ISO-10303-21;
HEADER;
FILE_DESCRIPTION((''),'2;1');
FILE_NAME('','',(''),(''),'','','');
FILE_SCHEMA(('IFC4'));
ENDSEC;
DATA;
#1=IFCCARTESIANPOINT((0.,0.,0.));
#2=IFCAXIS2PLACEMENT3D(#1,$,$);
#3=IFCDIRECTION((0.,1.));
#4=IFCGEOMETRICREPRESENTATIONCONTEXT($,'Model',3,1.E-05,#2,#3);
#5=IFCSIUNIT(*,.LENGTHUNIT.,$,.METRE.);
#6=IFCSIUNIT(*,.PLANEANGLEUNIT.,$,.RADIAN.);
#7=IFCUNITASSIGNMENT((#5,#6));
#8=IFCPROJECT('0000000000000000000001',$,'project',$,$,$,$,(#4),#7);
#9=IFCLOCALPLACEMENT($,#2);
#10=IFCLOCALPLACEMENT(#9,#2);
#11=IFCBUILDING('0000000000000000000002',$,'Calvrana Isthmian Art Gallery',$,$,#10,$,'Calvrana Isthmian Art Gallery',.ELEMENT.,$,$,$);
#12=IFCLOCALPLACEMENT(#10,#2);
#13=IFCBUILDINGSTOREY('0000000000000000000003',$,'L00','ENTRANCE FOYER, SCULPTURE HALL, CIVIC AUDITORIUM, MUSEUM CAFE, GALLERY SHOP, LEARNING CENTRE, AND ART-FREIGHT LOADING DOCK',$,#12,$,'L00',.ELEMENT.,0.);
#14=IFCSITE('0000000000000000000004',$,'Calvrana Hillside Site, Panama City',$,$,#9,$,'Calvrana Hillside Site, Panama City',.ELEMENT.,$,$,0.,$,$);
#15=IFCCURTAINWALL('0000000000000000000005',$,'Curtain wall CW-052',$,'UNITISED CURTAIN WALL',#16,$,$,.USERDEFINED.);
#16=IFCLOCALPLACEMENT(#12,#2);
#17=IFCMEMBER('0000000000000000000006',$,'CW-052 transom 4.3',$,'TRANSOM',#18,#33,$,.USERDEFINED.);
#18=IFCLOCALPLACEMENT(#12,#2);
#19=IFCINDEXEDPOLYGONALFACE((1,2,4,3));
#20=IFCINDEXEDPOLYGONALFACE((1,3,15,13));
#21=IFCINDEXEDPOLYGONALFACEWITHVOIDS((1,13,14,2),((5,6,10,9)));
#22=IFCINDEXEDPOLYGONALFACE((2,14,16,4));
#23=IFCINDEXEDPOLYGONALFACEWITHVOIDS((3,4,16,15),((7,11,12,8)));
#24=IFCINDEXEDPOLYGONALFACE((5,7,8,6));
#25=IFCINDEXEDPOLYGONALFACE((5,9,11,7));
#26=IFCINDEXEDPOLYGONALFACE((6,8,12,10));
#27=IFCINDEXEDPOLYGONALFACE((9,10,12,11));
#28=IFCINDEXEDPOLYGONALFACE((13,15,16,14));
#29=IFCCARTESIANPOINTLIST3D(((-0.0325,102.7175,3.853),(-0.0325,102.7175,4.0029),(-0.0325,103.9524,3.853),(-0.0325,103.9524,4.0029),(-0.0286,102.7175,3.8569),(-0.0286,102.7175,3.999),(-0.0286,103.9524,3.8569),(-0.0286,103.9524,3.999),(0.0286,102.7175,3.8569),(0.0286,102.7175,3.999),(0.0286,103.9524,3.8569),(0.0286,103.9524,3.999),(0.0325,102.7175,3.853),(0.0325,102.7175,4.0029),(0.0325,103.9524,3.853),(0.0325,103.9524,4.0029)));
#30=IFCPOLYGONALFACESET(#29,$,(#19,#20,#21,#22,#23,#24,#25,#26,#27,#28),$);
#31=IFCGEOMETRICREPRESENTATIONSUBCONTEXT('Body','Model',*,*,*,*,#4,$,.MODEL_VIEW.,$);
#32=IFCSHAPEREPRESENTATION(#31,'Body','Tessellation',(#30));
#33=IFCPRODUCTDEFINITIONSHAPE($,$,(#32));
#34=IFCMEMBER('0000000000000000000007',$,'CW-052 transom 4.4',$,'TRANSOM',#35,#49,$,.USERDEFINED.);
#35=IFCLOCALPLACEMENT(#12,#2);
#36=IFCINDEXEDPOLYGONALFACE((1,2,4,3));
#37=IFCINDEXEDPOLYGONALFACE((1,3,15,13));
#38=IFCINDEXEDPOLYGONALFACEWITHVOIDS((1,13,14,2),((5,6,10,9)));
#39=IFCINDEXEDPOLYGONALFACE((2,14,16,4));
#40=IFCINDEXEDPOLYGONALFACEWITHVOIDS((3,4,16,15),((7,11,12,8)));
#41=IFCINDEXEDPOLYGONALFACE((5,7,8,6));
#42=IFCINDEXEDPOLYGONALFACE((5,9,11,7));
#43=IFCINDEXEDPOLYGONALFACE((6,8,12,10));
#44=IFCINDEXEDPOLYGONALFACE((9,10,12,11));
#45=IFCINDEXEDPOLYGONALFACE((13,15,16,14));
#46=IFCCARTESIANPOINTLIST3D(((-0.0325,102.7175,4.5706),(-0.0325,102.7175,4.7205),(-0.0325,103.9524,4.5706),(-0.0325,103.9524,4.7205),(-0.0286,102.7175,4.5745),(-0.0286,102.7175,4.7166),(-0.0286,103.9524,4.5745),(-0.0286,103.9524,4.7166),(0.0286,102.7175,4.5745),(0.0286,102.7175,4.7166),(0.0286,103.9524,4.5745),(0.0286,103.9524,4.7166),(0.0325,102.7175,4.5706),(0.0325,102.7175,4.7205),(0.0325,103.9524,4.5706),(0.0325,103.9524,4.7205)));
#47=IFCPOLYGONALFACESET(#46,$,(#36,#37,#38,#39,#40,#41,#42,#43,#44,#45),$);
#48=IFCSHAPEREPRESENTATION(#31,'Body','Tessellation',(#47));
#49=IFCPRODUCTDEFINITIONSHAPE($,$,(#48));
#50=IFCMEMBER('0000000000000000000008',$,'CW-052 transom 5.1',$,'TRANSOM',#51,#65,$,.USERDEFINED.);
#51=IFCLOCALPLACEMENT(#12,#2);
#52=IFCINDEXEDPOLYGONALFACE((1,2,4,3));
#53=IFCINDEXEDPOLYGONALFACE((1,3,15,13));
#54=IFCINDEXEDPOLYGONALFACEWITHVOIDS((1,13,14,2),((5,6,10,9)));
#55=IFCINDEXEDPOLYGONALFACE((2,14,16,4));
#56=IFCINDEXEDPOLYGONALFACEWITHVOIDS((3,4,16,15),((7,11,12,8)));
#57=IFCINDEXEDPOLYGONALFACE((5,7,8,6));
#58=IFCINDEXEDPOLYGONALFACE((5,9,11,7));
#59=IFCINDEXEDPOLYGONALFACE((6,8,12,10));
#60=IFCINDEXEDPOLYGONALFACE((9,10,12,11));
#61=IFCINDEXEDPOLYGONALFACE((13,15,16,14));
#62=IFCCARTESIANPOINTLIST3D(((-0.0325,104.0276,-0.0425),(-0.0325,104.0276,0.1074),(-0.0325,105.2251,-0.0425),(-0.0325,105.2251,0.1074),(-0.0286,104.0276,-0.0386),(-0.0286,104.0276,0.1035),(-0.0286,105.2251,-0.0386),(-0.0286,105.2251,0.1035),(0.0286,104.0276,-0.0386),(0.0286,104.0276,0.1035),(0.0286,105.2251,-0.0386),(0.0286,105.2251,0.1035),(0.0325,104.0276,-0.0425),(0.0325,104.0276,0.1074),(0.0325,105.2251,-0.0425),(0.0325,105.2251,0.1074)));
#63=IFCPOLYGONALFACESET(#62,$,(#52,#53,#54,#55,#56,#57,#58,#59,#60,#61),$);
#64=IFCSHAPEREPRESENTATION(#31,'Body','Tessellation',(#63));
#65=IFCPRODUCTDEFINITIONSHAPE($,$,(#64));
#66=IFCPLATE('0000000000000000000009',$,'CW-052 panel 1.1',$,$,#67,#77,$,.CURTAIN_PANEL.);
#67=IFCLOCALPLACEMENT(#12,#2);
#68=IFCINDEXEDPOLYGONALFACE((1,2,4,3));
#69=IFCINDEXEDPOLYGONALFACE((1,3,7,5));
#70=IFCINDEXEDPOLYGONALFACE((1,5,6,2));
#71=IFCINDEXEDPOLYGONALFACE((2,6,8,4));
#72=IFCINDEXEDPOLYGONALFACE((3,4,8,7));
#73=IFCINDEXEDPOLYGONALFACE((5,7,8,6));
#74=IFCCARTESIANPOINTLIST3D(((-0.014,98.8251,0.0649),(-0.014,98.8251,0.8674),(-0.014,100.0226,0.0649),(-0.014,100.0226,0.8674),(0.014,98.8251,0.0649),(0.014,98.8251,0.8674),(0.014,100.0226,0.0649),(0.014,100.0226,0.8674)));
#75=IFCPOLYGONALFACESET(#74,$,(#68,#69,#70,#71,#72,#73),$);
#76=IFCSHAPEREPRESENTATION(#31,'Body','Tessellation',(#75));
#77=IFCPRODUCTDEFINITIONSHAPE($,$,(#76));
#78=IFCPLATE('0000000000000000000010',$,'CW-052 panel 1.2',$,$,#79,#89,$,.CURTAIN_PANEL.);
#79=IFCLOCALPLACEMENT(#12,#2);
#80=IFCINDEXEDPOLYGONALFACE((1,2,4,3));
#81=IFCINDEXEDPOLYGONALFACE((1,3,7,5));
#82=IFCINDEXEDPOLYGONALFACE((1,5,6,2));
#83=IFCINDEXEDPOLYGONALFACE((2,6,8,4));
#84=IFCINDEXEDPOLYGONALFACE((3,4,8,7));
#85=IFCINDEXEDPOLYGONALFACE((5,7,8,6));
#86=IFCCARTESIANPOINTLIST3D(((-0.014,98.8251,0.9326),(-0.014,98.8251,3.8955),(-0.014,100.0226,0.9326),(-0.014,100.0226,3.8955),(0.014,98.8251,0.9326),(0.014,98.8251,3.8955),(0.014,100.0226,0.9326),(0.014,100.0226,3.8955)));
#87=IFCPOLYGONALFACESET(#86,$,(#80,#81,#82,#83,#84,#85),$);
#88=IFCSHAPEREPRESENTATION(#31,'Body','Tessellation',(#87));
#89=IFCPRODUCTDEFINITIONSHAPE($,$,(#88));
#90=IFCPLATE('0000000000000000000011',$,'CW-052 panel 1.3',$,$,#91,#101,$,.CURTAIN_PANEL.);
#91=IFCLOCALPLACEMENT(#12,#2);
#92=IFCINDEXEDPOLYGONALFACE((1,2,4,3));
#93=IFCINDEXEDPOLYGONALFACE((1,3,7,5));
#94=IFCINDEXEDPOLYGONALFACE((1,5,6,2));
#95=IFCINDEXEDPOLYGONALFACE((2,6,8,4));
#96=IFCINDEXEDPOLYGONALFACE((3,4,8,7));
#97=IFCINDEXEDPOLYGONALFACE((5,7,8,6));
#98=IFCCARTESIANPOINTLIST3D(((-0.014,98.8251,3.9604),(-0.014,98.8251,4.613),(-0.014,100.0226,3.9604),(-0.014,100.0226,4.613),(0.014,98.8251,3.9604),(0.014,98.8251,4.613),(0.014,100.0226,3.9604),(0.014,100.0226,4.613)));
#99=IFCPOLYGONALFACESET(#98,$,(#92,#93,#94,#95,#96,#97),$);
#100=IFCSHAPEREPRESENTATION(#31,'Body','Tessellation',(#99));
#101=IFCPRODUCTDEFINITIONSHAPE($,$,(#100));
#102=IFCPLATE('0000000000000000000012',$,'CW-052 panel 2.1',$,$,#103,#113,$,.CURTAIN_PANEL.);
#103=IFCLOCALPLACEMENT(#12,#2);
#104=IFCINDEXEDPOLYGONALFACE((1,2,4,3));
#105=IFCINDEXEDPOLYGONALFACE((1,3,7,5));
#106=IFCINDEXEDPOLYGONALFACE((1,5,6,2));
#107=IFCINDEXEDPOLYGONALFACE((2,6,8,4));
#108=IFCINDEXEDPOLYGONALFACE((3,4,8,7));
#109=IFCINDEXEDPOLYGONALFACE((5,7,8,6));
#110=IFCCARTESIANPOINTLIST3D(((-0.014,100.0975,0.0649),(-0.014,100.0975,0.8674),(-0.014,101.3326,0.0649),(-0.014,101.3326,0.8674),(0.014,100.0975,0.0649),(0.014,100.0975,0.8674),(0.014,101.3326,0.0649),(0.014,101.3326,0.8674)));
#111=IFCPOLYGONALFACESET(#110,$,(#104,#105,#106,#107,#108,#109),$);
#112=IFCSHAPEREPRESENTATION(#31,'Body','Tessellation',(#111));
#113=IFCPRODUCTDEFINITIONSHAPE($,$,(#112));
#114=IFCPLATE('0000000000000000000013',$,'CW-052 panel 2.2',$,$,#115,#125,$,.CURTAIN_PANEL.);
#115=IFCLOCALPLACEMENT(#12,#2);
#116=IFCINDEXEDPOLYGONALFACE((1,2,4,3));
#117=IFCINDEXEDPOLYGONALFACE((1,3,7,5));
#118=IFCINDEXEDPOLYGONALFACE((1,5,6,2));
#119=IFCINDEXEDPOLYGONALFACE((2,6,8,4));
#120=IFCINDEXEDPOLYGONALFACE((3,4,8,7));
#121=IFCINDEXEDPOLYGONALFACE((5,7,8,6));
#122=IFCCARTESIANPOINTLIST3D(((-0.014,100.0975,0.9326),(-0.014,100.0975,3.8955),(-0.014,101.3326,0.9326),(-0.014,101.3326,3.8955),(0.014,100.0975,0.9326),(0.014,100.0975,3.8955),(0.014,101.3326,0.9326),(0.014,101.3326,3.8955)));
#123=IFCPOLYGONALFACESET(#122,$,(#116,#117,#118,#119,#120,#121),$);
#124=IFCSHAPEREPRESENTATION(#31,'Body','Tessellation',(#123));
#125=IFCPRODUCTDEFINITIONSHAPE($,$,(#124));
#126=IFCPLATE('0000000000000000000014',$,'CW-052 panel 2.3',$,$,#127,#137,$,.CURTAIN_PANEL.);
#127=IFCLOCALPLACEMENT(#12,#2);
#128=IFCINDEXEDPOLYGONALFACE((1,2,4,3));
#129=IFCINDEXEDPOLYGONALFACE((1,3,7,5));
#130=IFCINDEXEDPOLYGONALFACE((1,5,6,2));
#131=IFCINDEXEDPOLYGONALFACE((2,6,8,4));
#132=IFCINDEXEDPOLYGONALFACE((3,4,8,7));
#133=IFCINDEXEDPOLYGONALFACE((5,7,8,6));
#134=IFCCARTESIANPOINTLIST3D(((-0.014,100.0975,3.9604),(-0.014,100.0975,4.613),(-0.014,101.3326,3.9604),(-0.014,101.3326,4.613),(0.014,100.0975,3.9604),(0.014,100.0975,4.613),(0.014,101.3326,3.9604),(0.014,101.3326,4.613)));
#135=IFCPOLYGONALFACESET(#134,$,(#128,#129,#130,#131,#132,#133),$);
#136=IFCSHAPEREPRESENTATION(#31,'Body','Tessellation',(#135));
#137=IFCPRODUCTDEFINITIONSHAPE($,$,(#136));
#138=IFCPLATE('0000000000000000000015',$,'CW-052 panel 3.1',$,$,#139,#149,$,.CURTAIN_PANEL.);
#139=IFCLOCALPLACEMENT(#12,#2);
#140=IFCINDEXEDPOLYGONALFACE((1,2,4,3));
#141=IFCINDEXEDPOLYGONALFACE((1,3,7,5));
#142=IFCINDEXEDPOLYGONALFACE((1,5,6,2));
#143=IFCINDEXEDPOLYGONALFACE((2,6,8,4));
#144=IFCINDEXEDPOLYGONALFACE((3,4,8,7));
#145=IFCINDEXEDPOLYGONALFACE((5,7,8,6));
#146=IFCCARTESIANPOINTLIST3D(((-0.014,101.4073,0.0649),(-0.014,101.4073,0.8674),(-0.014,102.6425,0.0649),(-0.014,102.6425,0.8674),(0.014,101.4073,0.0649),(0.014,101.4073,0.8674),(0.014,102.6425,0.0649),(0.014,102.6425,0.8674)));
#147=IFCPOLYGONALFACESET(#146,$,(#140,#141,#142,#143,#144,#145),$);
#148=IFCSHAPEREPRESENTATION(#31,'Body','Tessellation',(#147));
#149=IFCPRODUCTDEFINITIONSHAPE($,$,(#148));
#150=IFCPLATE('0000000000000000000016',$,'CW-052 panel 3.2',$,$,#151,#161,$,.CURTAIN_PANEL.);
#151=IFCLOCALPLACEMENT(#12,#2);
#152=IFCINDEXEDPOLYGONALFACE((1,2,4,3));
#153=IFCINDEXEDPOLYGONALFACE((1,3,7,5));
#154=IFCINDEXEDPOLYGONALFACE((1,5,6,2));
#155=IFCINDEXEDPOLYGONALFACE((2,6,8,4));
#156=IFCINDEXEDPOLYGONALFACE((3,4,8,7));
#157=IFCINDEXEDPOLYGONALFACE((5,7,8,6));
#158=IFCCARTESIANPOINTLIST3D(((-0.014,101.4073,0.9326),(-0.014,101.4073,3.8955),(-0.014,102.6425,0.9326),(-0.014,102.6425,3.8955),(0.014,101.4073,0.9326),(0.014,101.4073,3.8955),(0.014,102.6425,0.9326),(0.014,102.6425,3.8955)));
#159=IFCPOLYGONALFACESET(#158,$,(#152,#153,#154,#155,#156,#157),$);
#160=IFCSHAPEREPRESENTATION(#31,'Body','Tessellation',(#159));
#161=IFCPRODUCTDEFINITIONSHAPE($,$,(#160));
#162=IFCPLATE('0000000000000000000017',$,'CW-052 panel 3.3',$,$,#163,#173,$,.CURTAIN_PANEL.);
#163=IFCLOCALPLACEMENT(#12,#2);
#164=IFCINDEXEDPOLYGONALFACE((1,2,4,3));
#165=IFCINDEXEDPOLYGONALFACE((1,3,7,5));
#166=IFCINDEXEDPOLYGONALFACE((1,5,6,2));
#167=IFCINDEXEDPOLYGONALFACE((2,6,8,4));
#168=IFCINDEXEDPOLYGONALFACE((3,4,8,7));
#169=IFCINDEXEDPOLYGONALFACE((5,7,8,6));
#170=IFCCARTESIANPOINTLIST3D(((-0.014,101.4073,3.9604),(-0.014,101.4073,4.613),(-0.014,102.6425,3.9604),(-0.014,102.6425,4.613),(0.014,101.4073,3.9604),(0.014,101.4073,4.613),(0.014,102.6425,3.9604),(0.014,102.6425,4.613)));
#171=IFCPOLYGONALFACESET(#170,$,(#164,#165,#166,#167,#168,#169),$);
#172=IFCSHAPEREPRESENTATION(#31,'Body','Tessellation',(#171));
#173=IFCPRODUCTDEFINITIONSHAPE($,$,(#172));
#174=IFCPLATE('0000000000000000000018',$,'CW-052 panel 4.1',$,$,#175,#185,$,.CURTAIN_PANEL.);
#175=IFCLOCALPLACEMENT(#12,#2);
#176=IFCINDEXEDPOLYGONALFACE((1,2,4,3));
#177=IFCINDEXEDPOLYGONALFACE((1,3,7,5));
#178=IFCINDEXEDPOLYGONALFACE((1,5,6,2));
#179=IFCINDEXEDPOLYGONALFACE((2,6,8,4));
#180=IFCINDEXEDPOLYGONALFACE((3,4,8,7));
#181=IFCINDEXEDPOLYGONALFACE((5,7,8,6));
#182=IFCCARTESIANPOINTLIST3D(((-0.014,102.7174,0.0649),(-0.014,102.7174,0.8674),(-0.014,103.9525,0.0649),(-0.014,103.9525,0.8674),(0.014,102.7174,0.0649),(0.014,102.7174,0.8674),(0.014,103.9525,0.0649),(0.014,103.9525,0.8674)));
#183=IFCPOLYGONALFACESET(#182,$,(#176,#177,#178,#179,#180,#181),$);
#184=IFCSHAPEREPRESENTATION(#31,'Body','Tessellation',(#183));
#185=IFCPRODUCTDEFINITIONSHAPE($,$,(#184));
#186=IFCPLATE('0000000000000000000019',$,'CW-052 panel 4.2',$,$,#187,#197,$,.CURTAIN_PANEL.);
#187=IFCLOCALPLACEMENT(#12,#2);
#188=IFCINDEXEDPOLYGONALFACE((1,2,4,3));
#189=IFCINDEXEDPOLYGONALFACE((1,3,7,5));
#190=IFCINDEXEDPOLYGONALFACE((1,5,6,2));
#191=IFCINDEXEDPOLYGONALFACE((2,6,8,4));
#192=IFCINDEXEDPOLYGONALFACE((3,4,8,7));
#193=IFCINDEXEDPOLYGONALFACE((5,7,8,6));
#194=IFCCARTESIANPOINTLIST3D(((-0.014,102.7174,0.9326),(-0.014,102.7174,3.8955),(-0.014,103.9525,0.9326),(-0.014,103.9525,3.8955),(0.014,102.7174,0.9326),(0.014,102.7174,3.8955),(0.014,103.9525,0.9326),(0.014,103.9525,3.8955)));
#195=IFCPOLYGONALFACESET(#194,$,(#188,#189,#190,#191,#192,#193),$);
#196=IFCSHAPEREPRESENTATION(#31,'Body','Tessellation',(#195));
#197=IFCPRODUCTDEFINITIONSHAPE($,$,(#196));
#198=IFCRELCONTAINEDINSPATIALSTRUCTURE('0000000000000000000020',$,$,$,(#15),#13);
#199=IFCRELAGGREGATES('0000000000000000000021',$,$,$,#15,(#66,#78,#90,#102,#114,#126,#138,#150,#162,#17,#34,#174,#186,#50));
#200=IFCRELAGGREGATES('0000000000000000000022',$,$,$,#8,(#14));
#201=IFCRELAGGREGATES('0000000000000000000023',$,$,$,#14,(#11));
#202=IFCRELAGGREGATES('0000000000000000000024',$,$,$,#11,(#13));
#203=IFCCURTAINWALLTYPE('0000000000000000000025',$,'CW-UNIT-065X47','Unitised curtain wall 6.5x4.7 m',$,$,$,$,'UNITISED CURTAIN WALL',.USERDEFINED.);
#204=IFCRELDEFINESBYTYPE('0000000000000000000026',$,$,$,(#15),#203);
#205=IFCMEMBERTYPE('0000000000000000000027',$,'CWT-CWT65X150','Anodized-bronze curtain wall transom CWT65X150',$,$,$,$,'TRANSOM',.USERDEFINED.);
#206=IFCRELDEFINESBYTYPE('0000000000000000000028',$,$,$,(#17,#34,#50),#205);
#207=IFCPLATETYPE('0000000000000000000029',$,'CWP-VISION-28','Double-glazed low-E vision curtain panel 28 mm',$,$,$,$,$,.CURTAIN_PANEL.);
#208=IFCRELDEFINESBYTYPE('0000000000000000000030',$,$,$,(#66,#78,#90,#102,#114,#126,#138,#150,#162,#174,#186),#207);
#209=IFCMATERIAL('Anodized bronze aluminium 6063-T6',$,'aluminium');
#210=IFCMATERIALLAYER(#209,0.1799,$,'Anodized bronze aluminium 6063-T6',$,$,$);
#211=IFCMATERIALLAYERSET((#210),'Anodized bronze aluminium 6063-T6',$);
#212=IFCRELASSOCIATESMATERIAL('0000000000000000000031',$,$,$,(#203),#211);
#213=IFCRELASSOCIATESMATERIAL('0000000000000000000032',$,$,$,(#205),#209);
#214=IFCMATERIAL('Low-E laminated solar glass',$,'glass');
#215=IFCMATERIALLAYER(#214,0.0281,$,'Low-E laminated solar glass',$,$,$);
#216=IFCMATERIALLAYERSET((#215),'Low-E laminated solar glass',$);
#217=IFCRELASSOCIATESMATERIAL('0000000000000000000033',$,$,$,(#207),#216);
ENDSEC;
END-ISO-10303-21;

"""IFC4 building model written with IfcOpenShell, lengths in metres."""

from ifc_helpers import new_model, si_unit, direction, frame, origin, origin_2d, place, context, subcontext, project, spatial, rectangle, hollow_rectangle, extrude, material, layer, layer_set, material_profile, profile_set, type_object, element, aggregate, save


model = new_model("IFC4")

# Units and contexts
model_context = context("Model", 3, precision=1e-05, world=origin(), true_north=direction((0.0, 1.0)))
body_context = subcontext(model_context, "Body", "Model", "MODEL_VIEW")
ifc_project = project(units=[si_unit("LENGTHUNIT", "METRE"), si_unit("PLANEANGLEUNIT", "RADIAN")], contexts=[model_context])

# Site, building, storey
site_placement = place(None, origin())
site = spatial("IfcSite", under=ifc_project, at=site_placement, Name="Calvrana Hillside Site, Panama City", LongName="Calvrana Hillside Site, Panama City", CompositionType="ELEMENT", RefElevation=0.0)
building_placement = place(site_placement, origin())
building = spatial("IfcBuilding", under=site, at=building_placement, Name="Calvrana Isthmian Art Gallery", LongName="Calvrana Isthmian Art Gallery", CompositionType="ELEMENT")
storey_placement = place(building_placement, origin())
storey = spatial("IfcBuildingStorey", under=building, at=storey_placement, Name="L00", Description="ENTRANCE FOYER, SCULPTURE HALL, CIVIC AUDITORIUM, MUSEUM CAFE, GALLERY SHOP, LEARNING CENTRE, AND ART-FREIGHT LOADING DOCK", LongName="L00", CompositionType="ELEMENT", Elevation=0.0)

# Curtain wall, members, plates
ifc_material_1 = material(Name="Anodized bronze aluminium 6063-T6", Category="aluminium")
ifc_layer_1 = layer(ifc_material_1, 0.1799, Name="Anodized bronze aluminium 6063-T6")
ifc_layer_set_1 = layer_set([ifc_layer_1], Name="Anodized bronze aluminium 6063-T6")
curtain_wall_type = type_object("IfcCurtainWallType", Name="CW-UNIT-065X47", Description="Unitised curtain wall 6.5x4.7 m", ElementType="UNITISED CURTAIN WALL", PredefinedType="USERDEFINED", material=ifc_layer_set_1)
curtain_wall_placement = place(storey_placement, origin())
curtain_wall = element("IfcCurtainWall", 1, at=curtain_wall_placement, inside=storey, type_object=curtain_wall_type, Name="Curtain wall CW-052", ObjectType="UNITISED CURTAIN WALL", PredefinedType="USERDEFINED")
ifc_material_profile_1 = material_profile(ifc_material_1, hollow_rectangle(XDim=0.0649, YDim=0.1499, WallThickness=0.0039, at=origin_2d()), Name="CWT65X150")
ifc_profile_set_1 = profile_set([ifc_material_profile_1], Name="Anodized bronze aluminium 6063-T6")
member_type_1 = type_object("IfcMemberType", Name="CWT-CWT65X150", Description="Anodized-bronze curtain wall transom CWT65X150", ElementType="TRANSOM", PredefinedType="USERDEFINED", material=ifc_profile_set_1)
member_1_placement = place(storey_placement, frame((0.0, 102.7175, 3.928), z_axis=(0.0, 1.0, 0.0), x_axis=(-1.0, 0.0, 0.0)))
member_1 = element("IfcMember", 2, at=member_1_placement, type_object=member_type_1, Name="CW-052 transom 4.3", ObjectType="TRANSOM", PredefinedType="USERDEFINED", context=body_context, shape_type="SweptSolid", body=[
    extrude(hollow_rectangle(XDim=0.0649, YDim=0.1499, WallThickness=0.0039, at=origin_2d()), origin(), (0.0, 0.0, 1.0), 1.2349),
])
member_2_placement = place(storey_placement, frame((0.0, 102.7175, 4.6455), z_axis=(0.0, 1.0, 0.0), x_axis=(-1.0, 0.0, 0.0)))
member_2 = element("IfcMember", 3, at=member_2_placement, type_object=member_type_1, Name="CW-052 transom 4.4", ObjectType="TRANSOM", PredefinedType="USERDEFINED", context=body_context, shape_type="SweptSolid", body=[
    extrude(hollow_rectangle(XDim=0.0649, YDim=0.1499, WallThickness=0.0039, at=origin_2d()), origin(), (0.0, 0.0, 1.0), 1.2349),
])
member_3_placement = place(storey_placement, frame((0.0, 104.0276, 0.0325), z_axis=(0.0, 1.0, 0.0), x_axis=(-1.0, 0.0, 0.0)))
member_3 = element("IfcMember", 4, at=member_3_placement, type_object=member_type_1, Name="CW-052 transom 5.1", ObjectType="TRANSOM", PredefinedType="USERDEFINED", context=body_context, shape_type="SweptSolid", body=[
    extrude(hollow_rectangle(XDim=0.0649, YDim=0.1499, WallThickness=0.0039, at=origin_2d()), origin(), (0.0, 0.0, 1.0), 1.1975),
])
ifc_material_2 = material(Name="Low-E laminated solar glass", Category="glass")
ifc_layer_2 = layer(ifc_material_2, 0.0281, Name="Low-E laminated solar glass")
ifc_layer_set_2 = layer_set([ifc_layer_2], Name="Low-E laminated solar glass")
plate_type = type_object("IfcPlateType", Name="CWP-VISION-28", Description="Double-glazed low-E vision curtain panel 28 mm", PredefinedType="CURTAIN_PANEL", material=ifc_layer_set_2)
plate_1_placement = place(storey_placement, frame((0.0, 99.4238, 0.0649), z_axis=(0.0, 0.0, 1.0), x_axis=(0.0, 1.0, 0.0)))
plate_1 = element("IfcPlate", 5, at=plate_1_placement, type_object=plate_type, Name="CW-052 panel 1.1", PredefinedType="CURTAIN_PANEL", context=body_context, shape_type="SweptSolid", body=[
    extrude(rectangle(XDim=1.1975, YDim=0.0281, at=origin_2d()), origin(), (0.0, 0.0, 1.0), 0.8025),
])
plate_2_placement = place(storey_placement, frame((0.0, 99.4238, 0.9326), z_axis=(0.0, 0.0, 1.0), x_axis=(0.0, 1.0, 0.0)))
plate_2 = element("IfcPlate", 6, at=plate_2_placement, type_object=plate_type, Name="CW-052 panel 1.2", PredefinedType="CURTAIN_PANEL", context=body_context, shape_type="SweptSolid", body=[
    extrude(rectangle(XDim=1.1975, YDim=0.0281, at=origin_2d()), origin(), (0.0, 0.0, 1.0), 2.9629),
])
plate_3_placement = place(storey_placement, frame((0.0, 99.4238, 3.9604), z_axis=(0.0, 0.0, 1.0), x_axis=(0.0, 1.0, 0.0)))
plate_3 = element("IfcPlate", 7, at=plate_3_placement, type_object=plate_type, Name="CW-052 panel 1.3", PredefinedType="CURTAIN_PANEL", context=body_context, shape_type="SweptSolid", body=[
    extrude(rectangle(XDim=1.1975, YDim=0.0281, at=origin_2d()), origin(), (0.0, 0.0, 1.0), 0.6526),
])
plate_4_placement = place(storey_placement, frame((0.0, 100.7151, 0.0649), z_axis=(0.0, 0.0, 1.0), x_axis=(0.0, 1.0, 0.0)))
plate_4 = element("IfcPlate", 8, at=plate_4_placement, type_object=plate_type, Name="CW-052 panel 2.1", PredefinedType="CURTAIN_PANEL", context=body_context, shape_type="SweptSolid", body=[
    extrude(rectangle(XDim=1.2351, YDim=0.0281, at=origin_2d()), origin(), (0.0, 0.0, 1.0), 0.8025),
])
plate_5_placement = place(storey_placement, frame((0.0, 100.7151, 0.9326), z_axis=(0.0, 0.0, 1.0), x_axis=(0.0, 1.0, 0.0)))
plate_5 = element("IfcPlate", 9, at=plate_5_placement, type_object=plate_type, Name="CW-052 panel 2.2", PredefinedType="CURTAIN_PANEL", context=body_context, shape_type="SweptSolid", body=[
    extrude(rectangle(XDim=1.2351, YDim=0.0281, at=origin_2d()), origin(), (0.0, 0.0, 1.0), 2.9629),
])
plate_6_placement = place(storey_placement, frame((0.0, 100.7151, 3.9604), z_axis=(0.0, 0.0, 1.0), x_axis=(0.0, 1.0, 0.0)))
plate_6 = element("IfcPlate", 10, at=plate_6_placement, type_object=plate_type, Name="CW-052 panel 2.3", PredefinedType="CURTAIN_PANEL", context=body_context, shape_type="SweptSolid", body=[
    extrude(rectangle(XDim=1.2351, YDim=0.0281, at=origin_2d()), origin(), (0.0, 0.0, 1.0), 0.6526),
])
plate_7_placement = place(storey_placement, frame((0.0, 102.0249, 0.0649), z_axis=(0.0, 0.0, 1.0), x_axis=(0.0, 1.0, 0.0)))
plate_7 = element("IfcPlate", 11, at=plate_7_placement, type_object=plate_type, Name="CW-052 panel 3.1", PredefinedType="CURTAIN_PANEL", context=body_context, shape_type="SweptSolid", body=[
    extrude(rectangle(XDim=1.2351, YDim=0.0281, at=origin_2d()), origin(), (0.0, 0.0, 1.0), 0.8025),
])
plate_8_placement = place(storey_placement, frame((0.0, 102.0249, 0.9326), z_axis=(0.0, 0.0, 1.0), x_axis=(0.0, 1.0, 0.0)))
plate_8 = element("IfcPlate", 12, at=plate_8_placement, type_object=plate_type, Name="CW-052 panel 3.2", PredefinedType="CURTAIN_PANEL", context=body_context, shape_type="SweptSolid", body=[
    extrude(rectangle(XDim=1.2351, YDim=0.0281, at=origin_2d()), origin(), (0.0, 0.0, 1.0), 2.9629),
])
plate_9_placement = place(storey_placement, frame((0.0, 102.0249, 3.9604), z_axis=(0.0, 0.0, 1.0), x_axis=(0.0, 1.0, 0.0)))
plate_9 = element("IfcPlate", 13, at=plate_9_placement, type_object=plate_type, Name="CW-052 panel 3.3", PredefinedType="CURTAIN_PANEL", context=body_context, shape_type="SweptSolid", body=[
    extrude(rectangle(XDim=1.2351, YDim=0.0281, at=origin_2d()), origin(), (0.0, 0.0, 1.0), 0.6526),
])
plate_10_placement = place(storey_placement, frame((0.0, 103.335, 0.0649), z_axis=(0.0, 0.0, 1.0), x_axis=(0.0, 1.0, 0.0)))
plate_10 = element("IfcPlate", 14, at=plate_10_placement, type_object=plate_type, Name="CW-052 panel 4.1", PredefinedType="CURTAIN_PANEL", context=body_context, shape_type="SweptSolid", body=[
    extrude(rectangle(XDim=1.2351, YDim=0.0281, at=origin_2d()), origin(), (0.0, 0.0, 1.0), 0.8025),
])
plate_11_placement = place(storey_placement, frame((0.0, 103.335, 0.9326), z_axis=(0.0, 0.0, 1.0), x_axis=(0.0, 1.0, 0.0)))
plate_11 = element("IfcPlate", 15, at=plate_11_placement, type_object=plate_type, Name="CW-052 panel 4.2", PredefinedType="CURTAIN_PANEL", context=body_context, shape_type="SweptSolid", body=[
    extrude(rectangle(XDim=1.2351, YDim=0.0281, at=origin_2d()), origin(), (0.0, 0.0, 1.0), 2.9629),
])
aggregate(curtain_wall, [plate_1, plate_2, plate_3, plate_4, plate_5, plate_6, plate_7, plate_8, plate_9, member_1, member_2, plate_10, plate_11, member_3])

save(model, "model.ifc")
